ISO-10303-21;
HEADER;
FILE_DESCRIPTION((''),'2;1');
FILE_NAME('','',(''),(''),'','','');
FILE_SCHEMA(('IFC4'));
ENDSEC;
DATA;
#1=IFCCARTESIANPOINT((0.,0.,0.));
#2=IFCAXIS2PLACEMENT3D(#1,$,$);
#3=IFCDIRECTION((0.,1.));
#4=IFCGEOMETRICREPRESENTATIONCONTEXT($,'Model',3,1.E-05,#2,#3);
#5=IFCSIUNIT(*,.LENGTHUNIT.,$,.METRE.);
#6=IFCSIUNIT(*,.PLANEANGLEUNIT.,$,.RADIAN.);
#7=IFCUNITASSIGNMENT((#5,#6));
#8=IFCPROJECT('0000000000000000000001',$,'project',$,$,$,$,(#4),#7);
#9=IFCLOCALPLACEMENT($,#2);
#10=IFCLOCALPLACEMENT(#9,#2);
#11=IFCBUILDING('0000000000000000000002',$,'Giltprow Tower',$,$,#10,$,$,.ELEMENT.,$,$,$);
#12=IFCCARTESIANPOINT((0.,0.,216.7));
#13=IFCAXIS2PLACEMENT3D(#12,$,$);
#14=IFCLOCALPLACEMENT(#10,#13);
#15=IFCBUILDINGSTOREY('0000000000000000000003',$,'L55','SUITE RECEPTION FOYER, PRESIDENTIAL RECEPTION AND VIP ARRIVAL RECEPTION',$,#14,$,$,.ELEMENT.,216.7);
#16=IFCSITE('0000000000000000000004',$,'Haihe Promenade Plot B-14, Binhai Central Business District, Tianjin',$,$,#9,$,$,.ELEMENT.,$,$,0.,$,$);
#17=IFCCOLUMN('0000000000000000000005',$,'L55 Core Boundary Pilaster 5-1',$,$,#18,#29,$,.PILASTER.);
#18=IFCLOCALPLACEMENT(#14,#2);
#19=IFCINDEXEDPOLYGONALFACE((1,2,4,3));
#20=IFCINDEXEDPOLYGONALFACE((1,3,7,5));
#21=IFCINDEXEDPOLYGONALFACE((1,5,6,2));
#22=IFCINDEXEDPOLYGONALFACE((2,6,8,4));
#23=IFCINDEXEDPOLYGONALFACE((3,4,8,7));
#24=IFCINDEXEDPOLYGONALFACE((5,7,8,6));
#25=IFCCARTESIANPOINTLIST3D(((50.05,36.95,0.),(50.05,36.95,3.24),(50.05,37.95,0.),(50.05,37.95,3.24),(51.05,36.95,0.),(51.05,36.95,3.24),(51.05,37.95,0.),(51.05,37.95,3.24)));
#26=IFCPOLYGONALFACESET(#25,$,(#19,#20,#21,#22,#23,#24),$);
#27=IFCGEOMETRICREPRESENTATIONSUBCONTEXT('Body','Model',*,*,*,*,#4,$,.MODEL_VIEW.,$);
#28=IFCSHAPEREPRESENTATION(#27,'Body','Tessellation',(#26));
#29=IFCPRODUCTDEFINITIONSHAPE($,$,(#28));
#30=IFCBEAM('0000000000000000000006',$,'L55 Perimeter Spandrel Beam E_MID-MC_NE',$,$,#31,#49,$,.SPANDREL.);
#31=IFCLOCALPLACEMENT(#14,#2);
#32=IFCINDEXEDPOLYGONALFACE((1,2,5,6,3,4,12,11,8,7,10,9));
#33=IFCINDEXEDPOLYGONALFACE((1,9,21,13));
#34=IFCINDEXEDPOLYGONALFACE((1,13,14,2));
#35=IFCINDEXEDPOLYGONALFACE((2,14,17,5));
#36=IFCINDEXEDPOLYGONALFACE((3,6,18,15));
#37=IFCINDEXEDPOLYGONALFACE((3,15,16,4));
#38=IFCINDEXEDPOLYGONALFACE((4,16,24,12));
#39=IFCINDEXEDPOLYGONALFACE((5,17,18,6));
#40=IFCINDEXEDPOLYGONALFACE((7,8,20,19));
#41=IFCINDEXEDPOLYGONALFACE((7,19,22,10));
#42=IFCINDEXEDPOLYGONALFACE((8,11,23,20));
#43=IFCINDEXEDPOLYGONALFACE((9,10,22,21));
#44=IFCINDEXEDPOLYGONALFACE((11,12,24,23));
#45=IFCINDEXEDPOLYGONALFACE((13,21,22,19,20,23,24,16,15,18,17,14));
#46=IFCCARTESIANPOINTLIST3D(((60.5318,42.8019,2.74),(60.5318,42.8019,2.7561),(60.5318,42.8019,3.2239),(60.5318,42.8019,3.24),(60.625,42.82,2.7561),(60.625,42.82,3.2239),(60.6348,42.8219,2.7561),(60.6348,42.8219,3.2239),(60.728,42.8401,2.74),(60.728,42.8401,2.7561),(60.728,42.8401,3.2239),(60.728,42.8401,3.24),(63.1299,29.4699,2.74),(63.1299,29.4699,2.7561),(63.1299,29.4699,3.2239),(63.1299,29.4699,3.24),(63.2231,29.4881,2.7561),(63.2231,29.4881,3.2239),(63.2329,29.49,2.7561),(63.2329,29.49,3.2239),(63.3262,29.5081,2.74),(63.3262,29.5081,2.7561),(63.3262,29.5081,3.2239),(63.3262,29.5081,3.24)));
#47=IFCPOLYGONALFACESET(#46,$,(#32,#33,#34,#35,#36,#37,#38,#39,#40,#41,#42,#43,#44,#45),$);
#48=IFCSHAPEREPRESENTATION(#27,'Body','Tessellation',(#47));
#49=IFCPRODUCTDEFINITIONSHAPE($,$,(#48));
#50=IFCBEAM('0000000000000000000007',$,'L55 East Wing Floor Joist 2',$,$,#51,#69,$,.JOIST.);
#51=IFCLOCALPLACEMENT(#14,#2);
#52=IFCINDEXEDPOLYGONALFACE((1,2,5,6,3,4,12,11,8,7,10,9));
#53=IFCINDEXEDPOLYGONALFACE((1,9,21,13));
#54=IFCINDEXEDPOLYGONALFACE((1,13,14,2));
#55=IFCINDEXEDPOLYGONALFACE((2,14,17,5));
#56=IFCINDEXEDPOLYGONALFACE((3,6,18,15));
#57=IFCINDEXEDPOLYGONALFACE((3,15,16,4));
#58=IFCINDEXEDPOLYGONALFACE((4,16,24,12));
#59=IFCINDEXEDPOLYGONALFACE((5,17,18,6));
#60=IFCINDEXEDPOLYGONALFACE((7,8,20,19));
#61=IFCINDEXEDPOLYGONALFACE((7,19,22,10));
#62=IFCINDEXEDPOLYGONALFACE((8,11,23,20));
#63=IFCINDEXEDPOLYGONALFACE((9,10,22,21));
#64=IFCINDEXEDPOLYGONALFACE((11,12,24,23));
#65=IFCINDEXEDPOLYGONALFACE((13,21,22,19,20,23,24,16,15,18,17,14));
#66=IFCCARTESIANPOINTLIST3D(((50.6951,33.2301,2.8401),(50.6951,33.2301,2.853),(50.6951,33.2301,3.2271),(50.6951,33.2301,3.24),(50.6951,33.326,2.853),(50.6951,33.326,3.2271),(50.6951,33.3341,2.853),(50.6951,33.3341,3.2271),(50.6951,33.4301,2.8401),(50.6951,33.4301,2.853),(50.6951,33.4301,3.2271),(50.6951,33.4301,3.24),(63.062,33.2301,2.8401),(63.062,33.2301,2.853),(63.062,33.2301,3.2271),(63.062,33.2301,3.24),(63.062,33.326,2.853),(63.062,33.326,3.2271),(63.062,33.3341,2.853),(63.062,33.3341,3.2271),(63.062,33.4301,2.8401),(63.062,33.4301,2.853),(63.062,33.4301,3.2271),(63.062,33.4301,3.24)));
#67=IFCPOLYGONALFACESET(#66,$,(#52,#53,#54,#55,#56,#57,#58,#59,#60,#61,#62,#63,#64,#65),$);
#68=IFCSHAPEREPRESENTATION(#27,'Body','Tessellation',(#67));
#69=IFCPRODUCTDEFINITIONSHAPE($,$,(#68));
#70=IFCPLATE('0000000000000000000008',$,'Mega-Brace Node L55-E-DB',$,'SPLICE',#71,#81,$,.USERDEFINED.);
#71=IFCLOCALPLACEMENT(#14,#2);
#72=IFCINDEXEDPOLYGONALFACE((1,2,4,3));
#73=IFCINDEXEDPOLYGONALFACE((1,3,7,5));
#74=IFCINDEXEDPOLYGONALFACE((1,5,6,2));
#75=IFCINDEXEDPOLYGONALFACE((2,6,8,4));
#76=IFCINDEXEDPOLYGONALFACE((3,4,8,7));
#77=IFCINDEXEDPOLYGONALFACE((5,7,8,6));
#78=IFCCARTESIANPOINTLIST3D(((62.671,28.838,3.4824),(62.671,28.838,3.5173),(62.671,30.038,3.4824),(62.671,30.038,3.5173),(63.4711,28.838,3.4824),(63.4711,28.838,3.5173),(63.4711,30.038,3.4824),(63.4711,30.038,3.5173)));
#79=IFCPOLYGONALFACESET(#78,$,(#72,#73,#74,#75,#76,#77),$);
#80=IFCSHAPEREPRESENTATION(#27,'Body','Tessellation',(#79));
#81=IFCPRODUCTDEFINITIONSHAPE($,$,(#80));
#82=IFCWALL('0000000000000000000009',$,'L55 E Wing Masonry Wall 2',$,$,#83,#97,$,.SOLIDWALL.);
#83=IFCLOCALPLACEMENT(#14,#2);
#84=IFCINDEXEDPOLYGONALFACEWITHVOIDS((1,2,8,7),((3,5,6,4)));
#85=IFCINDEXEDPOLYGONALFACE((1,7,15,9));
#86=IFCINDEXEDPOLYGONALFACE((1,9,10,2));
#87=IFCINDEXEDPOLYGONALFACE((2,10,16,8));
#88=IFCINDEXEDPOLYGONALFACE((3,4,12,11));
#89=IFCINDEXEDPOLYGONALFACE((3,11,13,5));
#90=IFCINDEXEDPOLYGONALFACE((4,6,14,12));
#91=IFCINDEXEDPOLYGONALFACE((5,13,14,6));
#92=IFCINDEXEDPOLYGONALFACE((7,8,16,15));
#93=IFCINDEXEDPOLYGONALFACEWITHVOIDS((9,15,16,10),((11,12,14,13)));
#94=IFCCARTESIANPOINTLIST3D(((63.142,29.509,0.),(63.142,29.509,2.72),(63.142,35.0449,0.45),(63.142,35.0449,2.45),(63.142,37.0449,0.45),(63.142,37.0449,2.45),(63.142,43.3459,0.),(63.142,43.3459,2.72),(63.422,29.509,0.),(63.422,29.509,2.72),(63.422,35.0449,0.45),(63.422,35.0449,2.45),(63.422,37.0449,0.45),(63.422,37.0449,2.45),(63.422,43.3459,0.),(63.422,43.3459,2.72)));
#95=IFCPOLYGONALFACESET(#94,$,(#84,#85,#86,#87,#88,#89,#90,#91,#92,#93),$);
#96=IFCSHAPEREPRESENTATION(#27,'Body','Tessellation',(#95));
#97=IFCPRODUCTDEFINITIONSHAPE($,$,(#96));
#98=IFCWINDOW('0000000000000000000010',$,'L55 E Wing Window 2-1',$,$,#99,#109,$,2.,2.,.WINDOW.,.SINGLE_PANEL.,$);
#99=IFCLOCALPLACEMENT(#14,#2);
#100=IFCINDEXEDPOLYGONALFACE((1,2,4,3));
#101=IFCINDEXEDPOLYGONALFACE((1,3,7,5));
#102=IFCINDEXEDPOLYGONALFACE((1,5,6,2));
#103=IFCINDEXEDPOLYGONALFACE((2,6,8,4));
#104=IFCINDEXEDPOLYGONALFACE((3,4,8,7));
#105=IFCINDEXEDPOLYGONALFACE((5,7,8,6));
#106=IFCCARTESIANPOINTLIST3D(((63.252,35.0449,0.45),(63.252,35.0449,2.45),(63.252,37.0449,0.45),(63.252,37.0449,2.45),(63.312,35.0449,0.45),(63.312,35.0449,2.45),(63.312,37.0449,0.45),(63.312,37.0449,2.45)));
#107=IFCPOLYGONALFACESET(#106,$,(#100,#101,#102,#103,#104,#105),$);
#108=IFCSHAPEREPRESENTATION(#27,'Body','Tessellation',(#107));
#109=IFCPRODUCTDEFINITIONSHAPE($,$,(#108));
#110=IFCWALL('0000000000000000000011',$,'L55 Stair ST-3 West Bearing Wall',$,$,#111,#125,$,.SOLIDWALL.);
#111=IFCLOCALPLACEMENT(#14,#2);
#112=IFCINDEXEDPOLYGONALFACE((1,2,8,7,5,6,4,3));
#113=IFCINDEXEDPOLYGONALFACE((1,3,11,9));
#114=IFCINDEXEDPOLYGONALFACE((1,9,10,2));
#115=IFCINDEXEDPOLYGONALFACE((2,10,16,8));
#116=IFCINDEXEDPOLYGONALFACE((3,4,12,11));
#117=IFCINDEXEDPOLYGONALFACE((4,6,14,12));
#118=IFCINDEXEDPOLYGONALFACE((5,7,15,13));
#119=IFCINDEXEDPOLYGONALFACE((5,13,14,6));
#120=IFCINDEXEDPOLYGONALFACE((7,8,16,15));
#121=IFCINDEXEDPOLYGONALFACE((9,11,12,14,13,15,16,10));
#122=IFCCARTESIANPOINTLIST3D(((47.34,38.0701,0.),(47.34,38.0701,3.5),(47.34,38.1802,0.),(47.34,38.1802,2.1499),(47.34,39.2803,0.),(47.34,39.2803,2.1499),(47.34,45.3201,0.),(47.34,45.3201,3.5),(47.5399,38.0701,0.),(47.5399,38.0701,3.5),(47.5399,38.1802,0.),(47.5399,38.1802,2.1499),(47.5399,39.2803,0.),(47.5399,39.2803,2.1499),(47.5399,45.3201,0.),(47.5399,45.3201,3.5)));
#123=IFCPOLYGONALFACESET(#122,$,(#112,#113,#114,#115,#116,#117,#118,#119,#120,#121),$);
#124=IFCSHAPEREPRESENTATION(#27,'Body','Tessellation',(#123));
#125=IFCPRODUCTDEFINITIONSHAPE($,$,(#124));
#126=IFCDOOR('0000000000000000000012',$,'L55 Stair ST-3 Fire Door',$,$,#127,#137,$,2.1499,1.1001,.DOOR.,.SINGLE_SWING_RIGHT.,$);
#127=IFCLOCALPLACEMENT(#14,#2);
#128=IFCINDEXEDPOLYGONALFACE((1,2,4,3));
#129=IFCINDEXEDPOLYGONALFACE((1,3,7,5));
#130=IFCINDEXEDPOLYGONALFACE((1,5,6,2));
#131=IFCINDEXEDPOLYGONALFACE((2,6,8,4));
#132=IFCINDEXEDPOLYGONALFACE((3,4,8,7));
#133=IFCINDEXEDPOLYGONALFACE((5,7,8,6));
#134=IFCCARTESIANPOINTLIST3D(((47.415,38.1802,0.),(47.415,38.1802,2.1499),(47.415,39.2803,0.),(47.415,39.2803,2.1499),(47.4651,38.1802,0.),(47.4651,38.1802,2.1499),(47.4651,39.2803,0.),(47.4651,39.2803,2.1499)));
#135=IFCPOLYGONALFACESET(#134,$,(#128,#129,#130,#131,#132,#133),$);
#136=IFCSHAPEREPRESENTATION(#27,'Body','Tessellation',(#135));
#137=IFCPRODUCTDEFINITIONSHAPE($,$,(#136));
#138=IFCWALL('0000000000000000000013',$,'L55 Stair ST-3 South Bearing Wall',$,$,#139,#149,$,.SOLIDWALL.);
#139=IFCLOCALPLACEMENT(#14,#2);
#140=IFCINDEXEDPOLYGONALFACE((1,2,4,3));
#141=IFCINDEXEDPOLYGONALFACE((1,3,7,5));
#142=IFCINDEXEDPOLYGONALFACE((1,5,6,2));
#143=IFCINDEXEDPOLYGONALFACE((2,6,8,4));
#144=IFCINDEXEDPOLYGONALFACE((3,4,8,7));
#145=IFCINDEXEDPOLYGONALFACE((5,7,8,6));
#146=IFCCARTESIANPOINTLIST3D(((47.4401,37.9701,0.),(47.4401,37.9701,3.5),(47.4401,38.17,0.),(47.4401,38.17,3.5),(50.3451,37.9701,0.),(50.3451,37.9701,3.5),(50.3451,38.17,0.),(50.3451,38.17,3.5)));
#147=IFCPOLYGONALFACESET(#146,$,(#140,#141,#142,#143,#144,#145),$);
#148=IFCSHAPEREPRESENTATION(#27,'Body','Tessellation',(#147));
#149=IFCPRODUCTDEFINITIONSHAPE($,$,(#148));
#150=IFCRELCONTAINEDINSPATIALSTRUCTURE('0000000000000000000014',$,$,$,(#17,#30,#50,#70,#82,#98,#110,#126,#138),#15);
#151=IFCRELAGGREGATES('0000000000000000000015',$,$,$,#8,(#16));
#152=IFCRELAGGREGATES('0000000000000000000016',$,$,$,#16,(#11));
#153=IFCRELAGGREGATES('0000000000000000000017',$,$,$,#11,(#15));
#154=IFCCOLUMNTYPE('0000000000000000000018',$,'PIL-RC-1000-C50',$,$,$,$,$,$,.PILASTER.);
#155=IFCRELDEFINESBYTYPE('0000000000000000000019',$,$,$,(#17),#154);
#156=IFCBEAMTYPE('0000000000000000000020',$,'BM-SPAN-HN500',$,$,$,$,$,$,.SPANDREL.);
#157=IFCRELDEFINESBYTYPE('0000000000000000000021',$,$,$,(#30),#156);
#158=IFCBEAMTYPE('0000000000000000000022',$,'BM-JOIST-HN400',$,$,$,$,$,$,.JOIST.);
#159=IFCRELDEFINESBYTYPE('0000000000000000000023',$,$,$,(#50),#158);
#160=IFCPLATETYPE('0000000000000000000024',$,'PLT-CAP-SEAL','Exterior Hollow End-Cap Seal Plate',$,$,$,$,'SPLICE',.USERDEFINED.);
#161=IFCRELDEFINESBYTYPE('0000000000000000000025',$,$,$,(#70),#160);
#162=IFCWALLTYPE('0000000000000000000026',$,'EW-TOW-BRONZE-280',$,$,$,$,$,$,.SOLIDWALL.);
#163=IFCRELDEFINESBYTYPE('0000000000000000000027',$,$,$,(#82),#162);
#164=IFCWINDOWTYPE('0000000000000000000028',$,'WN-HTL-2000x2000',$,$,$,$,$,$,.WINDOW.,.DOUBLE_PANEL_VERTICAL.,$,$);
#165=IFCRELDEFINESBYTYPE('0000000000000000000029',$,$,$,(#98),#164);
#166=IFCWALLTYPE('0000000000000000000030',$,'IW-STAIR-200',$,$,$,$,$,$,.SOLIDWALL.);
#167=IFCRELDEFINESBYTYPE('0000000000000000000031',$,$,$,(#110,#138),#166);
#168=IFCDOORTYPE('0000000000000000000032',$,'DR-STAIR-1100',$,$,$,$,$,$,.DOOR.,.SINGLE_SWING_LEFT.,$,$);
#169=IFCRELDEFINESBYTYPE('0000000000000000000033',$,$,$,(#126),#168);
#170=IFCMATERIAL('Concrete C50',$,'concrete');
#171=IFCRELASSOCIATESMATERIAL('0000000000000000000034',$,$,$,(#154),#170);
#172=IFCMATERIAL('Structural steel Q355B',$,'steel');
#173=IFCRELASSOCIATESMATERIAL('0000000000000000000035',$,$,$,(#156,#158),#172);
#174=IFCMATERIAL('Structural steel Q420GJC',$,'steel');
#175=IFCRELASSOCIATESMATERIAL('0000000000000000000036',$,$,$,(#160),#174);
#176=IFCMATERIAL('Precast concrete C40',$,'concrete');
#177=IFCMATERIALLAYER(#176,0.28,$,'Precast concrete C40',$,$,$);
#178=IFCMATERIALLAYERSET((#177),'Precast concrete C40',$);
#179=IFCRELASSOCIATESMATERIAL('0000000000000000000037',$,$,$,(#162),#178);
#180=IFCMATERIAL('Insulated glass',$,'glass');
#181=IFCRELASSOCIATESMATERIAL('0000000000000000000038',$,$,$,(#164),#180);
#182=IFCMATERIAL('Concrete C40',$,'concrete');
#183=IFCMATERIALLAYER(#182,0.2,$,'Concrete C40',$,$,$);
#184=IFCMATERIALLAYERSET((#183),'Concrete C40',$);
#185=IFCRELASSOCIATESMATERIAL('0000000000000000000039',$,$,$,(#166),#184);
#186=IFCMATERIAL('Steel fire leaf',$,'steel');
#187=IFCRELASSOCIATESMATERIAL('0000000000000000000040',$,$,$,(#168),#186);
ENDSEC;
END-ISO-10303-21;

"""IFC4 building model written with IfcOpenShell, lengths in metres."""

from ifc_helpers import new_model, si_unit, direction, frame, frame_2d, origin, origin_2d, place, context, subcontext, project, spatial, rectangle, i_section, extrude, source, transform, mapped, material, layer, layer_set, material_profile, profile_set, type_object, element, fill, save


model = new_model("IFC4")

# Units and contexts
model_context = context("Model", 3, precision=1e-05, world=origin(), true_north=direction((0.0, 1.0)))
body_context = subcontext(model_context, "Body", "Model", "MODEL_VIEW")
ifc_project = project(units=[si_unit("LENGTHUNIT", "METRE"), si_unit("PLANEANGLEUNIT", "RADIAN")], contexts=[model_context])

# Site, building, storey
site_placement = place(None, origin())
site = spatial("IfcSite", under=ifc_project, at=site_placement, Name="Haihe Promenade Plot B-14, Binhai Central Business District, Tianjin", CompositionType="ELEMENT", RefElevation=0.0)
building_placement = place(site_placement, origin())
building = spatial("IfcBuilding", under=site, at=building_placement, Name="Giltprow Tower", CompositionType="ELEMENT")
storey_placement = place(building_placement, frame((0.0, 0.0, 216.7)))
storey = spatial("IfcBuildingStorey", under=building, at=storey_placement, Name="L55", Description="SUITE RECEPTION FOYER, PRESIDENTIAL RECEPTION AND VIP ARRIVAL RECEPTION", CompositionType="ELEMENT", Elevation=216.7)

# Column
ifc_material_1 = material(Name="Concrete C50", Category="concrete")
ifc_material_profile_1 = material_profile(ifc_material_1, rectangle(XDim=1.0, YDim=1.0, at=origin_2d()), Name="RC 1000x1000")
ifc_profile_set_1 = profile_set([ifc_material_profile_1], Name="Concrete C50")
column_type = type_object("IfcColumnType", Name="PIL-RC-1000-C50", PredefinedType="PILASTER", material=ifc_profile_set_1)
shared_shape_1 = source(origin(), body_context, "Body", "SweptSolid", [
    extrude(rectangle(XDim=1.0, YDim=1.0, at=origin_2d()), origin(), (0.0, 0.0, 1.0), 3.24),
])
column_placement = place(storey_placement, frame((50.55, 37.45, 0.0), z_axis=(0.0, 0.0, 1.0), x_axis=(1.0, 0.0, 0.0)))
element("IfcColumn", 1, at=column_placement, inside=storey, type_object=column_type, Name="L55 Core Boundary Pilaster 5-1", PredefinedType="PILASTER", context=body_context, shape_type="MappedRepresentation", body=[
    mapped(shared_shape_1, transform((0.0, 0.0, 0.0), x_axis=(1.0, 0.0, 0.0), y_axis=(0.0, 1.0, 0.0), z_axis=(0.0, 0.0, 1.0), scale=1.0)),
])

# Beams
ifc_material_2 = material(Name="Structural steel Q355B", Category="steel")
ifc_material_profile_2 = material_profile(ifc_material_2, i_section(OverallWidth=0.2, OverallDepth=0.5, WebThickness=0.01, FlangeThickness=0.0161, at=origin_2d()), Name="HN 500x200x10x16")
ifc_profile_set_2 = profile_set([ifc_material_profile_2], Name="Structural steel Q355B")
beam_type_1 = type_object("IfcBeamType", Name="BM-SPAN-HN500", PredefinedType="SPANDREL", material=ifc_profile_set_2)
shared_shape_2 = source(origin(), body_context, "Body", "SweptSolid", [
    extrude(i_section(OverallWidth=0.2, OverallDepth=0.5, WebThickness=0.01, FlangeThickness=0.0161, at=origin_2d()), origin(), (0.0, 0.0, 1.0), 13.5828),
])
beam_1_placement = place(storey_placement, frame((63.228, 29.489, 2.99), z_axis=(-0.191281, 0.981535, 0.0), x_axis=(-0.981535, -0.191281, 0.0)))
element("IfcBeam", 2, at=beam_1_placement, inside=storey, type_object=beam_type_1, Name="L55 Perimeter Spandrel Beam E_MID-MC_NE", PredefinedType="SPANDREL", context=body_context, shape_type="MappedRepresentation", body=[
    mapped(shared_shape_2, transform((0.0, 0.0, 0.0), x_axis=(1.0, 0.0, 0.0), y_axis=(0.0, 1.0, 0.0), z_axis=(0.0, 0.0, 1.0), scale=1.0)),
])
ifc_material_profile_3 = material_profile(ifc_material_2, i_section(OverallWidth=0.2, OverallDepth=0.3999, WebThickness=0.0081, FlangeThickness=0.0129, at=origin_2d()), Name="HN 400x200x8x13")
ifc_profile_set_3 = profile_set([ifc_material_profile_3], Name="Structural steel Q355B")
beam_type_2 = type_object("IfcBeamType", Name="BM-JOIST-HN400", PredefinedType="JOIST", material=ifc_profile_set_3)
shared_shape_3 = source(origin(), body_context, "Body", "SweptSolid", [
    extrude(i_section(OverallWidth=0.2, OverallDepth=0.3999, WebThickness=0.0081, FlangeThickness=0.0129, at=origin_2d()), origin(), (0.0, 0.0, 1.0), 12.3669),
])
beam_2_placement = place(storey_placement, frame((50.6951, 33.3301, 3.04), z_axis=(1.0, 0.0, 0.0), x_axis=(0.0, 1.0, 0.0)))
element("IfcBeam", 3, at=beam_2_placement, inside=storey, type_object=beam_type_2, Name="L55 East Wing Floor Joist 2", PredefinedType="JOIST", context=body_context, shape_type="MappedRepresentation", body=[
    mapped(shared_shape_3, transform((0.0, 0.0, 0.0), x_axis=(1.0, 0.0, 0.0), y_axis=(0.0, 1.0, 0.0), z_axis=(0.0, 0.0, 1.0), scale=1.0)),
])

# Plate
ifc_material_3 = material(Name="Structural steel Q420GJC", Category="steel")
plate_type = type_object("IfcPlateType", Name="PLT-CAP-SEAL", Description="Exterior Hollow End-Cap Seal Plate", ElementType="SPLICE", PredefinedType="USERDEFINED", material=ifc_material_3)
shared_shape_4 = source(origin(), body_context, "Body", "SweptSolid", [
    extrude(rectangle(XDim=1.2, YDim=0.8, at=origin_2d()), origin(), (0.0, 0.0, 1.0), 0.0349),
])
plate_placement = place(storey_placement, frame((63.071, 29.438, 3.4824), z_axis=(0.0, 0.0, 1.0), x_axis=(0.0, 1.0, 0.0)))
element("IfcPlate", 4, at=plate_placement, inside=storey, type_object=plate_type, Name="Mega-Brace Node L55-E-DB", ObjectType="SPLICE", PredefinedType="USERDEFINED", context=body_context, shape_type="MappedRepresentation", body=[
    mapped(shared_shape_4, transform((0.0, 0.0, 0.0), x_axis=(1.0, 0.0, 0.0), y_axis=(0.0, 1.0, 0.0), z_axis=(0.0, 0.0, 1.0), scale=1.0)),
])

# Wall, opening, window
ifc_material_4 = material(Name="Precast concrete C40", Category="concrete")
ifc_layer_1 = layer(ifc_material_4, 0.28, Name="Precast concrete C40")
ifc_layer_set_1 = layer_set([ifc_layer_1], Name="Precast concrete C40")
wall_type_1 = type_object("IfcWallType", Name="EW-TOW-BRONZE-280", PredefinedType="SOLIDWALL", material=ifc_layer_set_1)
wall_1_placement = place(storey_placement, frame((63.282, 29.509, 0.0), z_axis=(0.0, 0.0, 1.0), x_axis=(0.0, 1.0, 0.0)))
wall_1 = element("IfcWall", 5, at=wall_1_placement, inside=storey, type_object=wall_type_1, Name="L55 E Wing Masonry Wall 2", PredefinedType="SOLIDWALL", context=body_context, shape_type="SweptSolid", body=[
    extrude(rectangle(XDim=13.8369, YDim=0.28, at=frame_2d((6.9185, 0.0))), origin(), (0.0, 0.0, 1.0), 2.72),
])
opening_1_placement = place(wall_1_placement, frame((5.5359, 0.0, 0.45)))
opening_1 = element("IfcOpeningElement", 6, at=opening_1_placement, cuts=wall_1, PredefinedType="OPENING", context=body_context, shape_type="SweptSolid", body=[
    extrude(rectangle(XDim=2.0, YDim=2.0, at=frame_2d((1.0, 1.0))), frame((0.0, 0.1499, 0.0), z_axis=(0.0, -1.0, 0.0), x_axis=(1.0, 0.0, 0.0)), (0.0, 0.0, 1.0), 0.3),
])
ifc_material_5 = material(Name="Insulated glass", Category="glass")
window_type = type_object("IfcWindowType", Name="WN-HTL-2000x2000", PartitioningType="DOUBLE_PANEL_VERTICAL", PredefinedType="WINDOW", material=ifc_material_5)
shared_shape_5 = source(origin(), body_context, "Body", "SweptSolid", [
    extrude(rectangle(XDim=2.0, YDim=2.0, at=frame_2d((1.0, 1.0))), frame((0.0, 0.03, 0.0), z_axis=(0.0, -1.0, 0.0), x_axis=(1.0, 0.0, 0.0)), (0.0, 0.0, 1.0), 0.0601),
])
window_placement = place(opening_1_placement, origin())
window = element("IfcWindow", 7, at=window_placement, inside=storey, type_object=window_type, Name="L55 E Wing Window 2-1", OverallHeight=2.0, OverallWidth=2.0, PartitioningType="SINGLE_PANEL", PredefinedType="WINDOW", context=body_context, shape_type="MappedRepresentation", body=[
    mapped(shared_shape_5, transform((0.0, 0.0, 0.0), x_axis=(1.0, 0.0, 0.0), y_axis=(0.0, 1.0, 0.0), z_axis=(0.0, 0.0, 1.0), scale=1.0)),
])
fill(opening_1, window)

# Wall, opening, door
ifc_material_6 = material(Name="Concrete C40", Category="concrete")
ifc_layer_2 = layer(ifc_material_6, 0.2, Name="Concrete C40")
ifc_layer_set_2 = layer_set([ifc_layer_2], Name="Concrete C40")
wall_type_2 = type_object("IfcWallType", Name="IW-STAIR-200", PredefinedType="SOLIDWALL", material=ifc_layer_set_2)
wall_2_placement = place(storey_placement, frame((47.4399, 38.0701, 0.0), z_axis=(0.0, 0.0, 1.0), x_axis=(0.0, 1.0, 0.0)))
wall_2 = element("IfcWall", 8, at=wall_2_placement, inside=storey, type_object=wall_type_2, Name="L55 Stair ST-3 West Bearing Wall", PredefinedType="SOLIDWALL", context=body_context, shape_type="SweptSolid", body=[
    extrude(rectangle(XDim=7.25, YDim=0.2, at=frame_2d((3.625, 0.0))), origin(), (0.0, 0.0, 1.0), 3.5),
])
opening_2_placement = place(wall_2_placement, frame((0.1101, 0.0, 0.0)))
opening_2 = element("IfcOpeningElement", 9, at=opening_2_placement, cuts=wall_2, PredefinedType="OPENING", context=body_context, shape_type="SweptSolid", body=[
    extrude(rectangle(XDim=1.1001, YDim=2.1499, at=frame_2d((0.55, 1.075))), frame((0.0, 0.1099, 0.0), z_axis=(0.0, -1.0, 0.0), x_axis=(1.0, 0.0, 0.0)), (0.0, 0.0, 1.0), 0.22),
])
ifc_material_7 = material(Name="Steel fire leaf", Category="steel")
door_type_1 = type_object("IfcDoorType", Name="DR-STAIR-1100", OperationType="SINGLE_SWING_LEFT", PredefinedType="DOOR", material=ifc_material_7)
shared_shape_6 = source(origin(), body_context, "Body", "SweptSolid", [
    extrude(rectangle(XDim=1.1001, YDim=2.1499, at=frame_2d((0.55, 1.075))), frame((0.0, 0.0249, 0.0), z_axis=(0.0, -1.0, 0.0), x_axis=(1.0, 0.0, 0.0)), (0.0, 0.0, 1.0), 0.05),
])
door_1_placement = place(opening_2_placement, origin())
door_1 = element("IfcDoor", 10, at=door_1_placement, inside=storey, type_object=door_type_1, Name="L55 Stair ST-3 Fire Door", OperationType="SINGLE_SWING_RIGHT", OverallHeight=2.1499, OverallWidth=1.1001, PredefinedType="DOOR", context=body_context, shape_type="MappedRepresentation", body=[
    mapped(shared_shape_6, transform((0.0, 0.0, 0.0), x_axis=(1.0, 0.0, 0.0), y_axis=(0.0, 1.0, 0.0), z_axis=(0.0, 0.0, 1.0), scale=1.0)),
])
fill(opening_2, door_1)

# Wall
wall_3_placement = place(storey_placement, frame((47.4399, 38.0701, 0.0), z_axis=(0.0, 0.0, 1.0), x_axis=(1.0, 0.0, 0.0)))
element("IfcWall", 11, at=wall_3_placement, inside=storey, type_object=wall_type_2, Name="L55 Stair ST-3 South Bearing Wall", PredefinedType="SOLIDWALL", context=body_context, shape_type="SweptSolid", body=[
    extrude(rectangle(XDim=2.905, YDim=0.2, at=frame_2d((1.4526, 0.0))), origin(), (0.0, 0.0, 1.0), 3.5),
])

save(model, "model.ifc")
